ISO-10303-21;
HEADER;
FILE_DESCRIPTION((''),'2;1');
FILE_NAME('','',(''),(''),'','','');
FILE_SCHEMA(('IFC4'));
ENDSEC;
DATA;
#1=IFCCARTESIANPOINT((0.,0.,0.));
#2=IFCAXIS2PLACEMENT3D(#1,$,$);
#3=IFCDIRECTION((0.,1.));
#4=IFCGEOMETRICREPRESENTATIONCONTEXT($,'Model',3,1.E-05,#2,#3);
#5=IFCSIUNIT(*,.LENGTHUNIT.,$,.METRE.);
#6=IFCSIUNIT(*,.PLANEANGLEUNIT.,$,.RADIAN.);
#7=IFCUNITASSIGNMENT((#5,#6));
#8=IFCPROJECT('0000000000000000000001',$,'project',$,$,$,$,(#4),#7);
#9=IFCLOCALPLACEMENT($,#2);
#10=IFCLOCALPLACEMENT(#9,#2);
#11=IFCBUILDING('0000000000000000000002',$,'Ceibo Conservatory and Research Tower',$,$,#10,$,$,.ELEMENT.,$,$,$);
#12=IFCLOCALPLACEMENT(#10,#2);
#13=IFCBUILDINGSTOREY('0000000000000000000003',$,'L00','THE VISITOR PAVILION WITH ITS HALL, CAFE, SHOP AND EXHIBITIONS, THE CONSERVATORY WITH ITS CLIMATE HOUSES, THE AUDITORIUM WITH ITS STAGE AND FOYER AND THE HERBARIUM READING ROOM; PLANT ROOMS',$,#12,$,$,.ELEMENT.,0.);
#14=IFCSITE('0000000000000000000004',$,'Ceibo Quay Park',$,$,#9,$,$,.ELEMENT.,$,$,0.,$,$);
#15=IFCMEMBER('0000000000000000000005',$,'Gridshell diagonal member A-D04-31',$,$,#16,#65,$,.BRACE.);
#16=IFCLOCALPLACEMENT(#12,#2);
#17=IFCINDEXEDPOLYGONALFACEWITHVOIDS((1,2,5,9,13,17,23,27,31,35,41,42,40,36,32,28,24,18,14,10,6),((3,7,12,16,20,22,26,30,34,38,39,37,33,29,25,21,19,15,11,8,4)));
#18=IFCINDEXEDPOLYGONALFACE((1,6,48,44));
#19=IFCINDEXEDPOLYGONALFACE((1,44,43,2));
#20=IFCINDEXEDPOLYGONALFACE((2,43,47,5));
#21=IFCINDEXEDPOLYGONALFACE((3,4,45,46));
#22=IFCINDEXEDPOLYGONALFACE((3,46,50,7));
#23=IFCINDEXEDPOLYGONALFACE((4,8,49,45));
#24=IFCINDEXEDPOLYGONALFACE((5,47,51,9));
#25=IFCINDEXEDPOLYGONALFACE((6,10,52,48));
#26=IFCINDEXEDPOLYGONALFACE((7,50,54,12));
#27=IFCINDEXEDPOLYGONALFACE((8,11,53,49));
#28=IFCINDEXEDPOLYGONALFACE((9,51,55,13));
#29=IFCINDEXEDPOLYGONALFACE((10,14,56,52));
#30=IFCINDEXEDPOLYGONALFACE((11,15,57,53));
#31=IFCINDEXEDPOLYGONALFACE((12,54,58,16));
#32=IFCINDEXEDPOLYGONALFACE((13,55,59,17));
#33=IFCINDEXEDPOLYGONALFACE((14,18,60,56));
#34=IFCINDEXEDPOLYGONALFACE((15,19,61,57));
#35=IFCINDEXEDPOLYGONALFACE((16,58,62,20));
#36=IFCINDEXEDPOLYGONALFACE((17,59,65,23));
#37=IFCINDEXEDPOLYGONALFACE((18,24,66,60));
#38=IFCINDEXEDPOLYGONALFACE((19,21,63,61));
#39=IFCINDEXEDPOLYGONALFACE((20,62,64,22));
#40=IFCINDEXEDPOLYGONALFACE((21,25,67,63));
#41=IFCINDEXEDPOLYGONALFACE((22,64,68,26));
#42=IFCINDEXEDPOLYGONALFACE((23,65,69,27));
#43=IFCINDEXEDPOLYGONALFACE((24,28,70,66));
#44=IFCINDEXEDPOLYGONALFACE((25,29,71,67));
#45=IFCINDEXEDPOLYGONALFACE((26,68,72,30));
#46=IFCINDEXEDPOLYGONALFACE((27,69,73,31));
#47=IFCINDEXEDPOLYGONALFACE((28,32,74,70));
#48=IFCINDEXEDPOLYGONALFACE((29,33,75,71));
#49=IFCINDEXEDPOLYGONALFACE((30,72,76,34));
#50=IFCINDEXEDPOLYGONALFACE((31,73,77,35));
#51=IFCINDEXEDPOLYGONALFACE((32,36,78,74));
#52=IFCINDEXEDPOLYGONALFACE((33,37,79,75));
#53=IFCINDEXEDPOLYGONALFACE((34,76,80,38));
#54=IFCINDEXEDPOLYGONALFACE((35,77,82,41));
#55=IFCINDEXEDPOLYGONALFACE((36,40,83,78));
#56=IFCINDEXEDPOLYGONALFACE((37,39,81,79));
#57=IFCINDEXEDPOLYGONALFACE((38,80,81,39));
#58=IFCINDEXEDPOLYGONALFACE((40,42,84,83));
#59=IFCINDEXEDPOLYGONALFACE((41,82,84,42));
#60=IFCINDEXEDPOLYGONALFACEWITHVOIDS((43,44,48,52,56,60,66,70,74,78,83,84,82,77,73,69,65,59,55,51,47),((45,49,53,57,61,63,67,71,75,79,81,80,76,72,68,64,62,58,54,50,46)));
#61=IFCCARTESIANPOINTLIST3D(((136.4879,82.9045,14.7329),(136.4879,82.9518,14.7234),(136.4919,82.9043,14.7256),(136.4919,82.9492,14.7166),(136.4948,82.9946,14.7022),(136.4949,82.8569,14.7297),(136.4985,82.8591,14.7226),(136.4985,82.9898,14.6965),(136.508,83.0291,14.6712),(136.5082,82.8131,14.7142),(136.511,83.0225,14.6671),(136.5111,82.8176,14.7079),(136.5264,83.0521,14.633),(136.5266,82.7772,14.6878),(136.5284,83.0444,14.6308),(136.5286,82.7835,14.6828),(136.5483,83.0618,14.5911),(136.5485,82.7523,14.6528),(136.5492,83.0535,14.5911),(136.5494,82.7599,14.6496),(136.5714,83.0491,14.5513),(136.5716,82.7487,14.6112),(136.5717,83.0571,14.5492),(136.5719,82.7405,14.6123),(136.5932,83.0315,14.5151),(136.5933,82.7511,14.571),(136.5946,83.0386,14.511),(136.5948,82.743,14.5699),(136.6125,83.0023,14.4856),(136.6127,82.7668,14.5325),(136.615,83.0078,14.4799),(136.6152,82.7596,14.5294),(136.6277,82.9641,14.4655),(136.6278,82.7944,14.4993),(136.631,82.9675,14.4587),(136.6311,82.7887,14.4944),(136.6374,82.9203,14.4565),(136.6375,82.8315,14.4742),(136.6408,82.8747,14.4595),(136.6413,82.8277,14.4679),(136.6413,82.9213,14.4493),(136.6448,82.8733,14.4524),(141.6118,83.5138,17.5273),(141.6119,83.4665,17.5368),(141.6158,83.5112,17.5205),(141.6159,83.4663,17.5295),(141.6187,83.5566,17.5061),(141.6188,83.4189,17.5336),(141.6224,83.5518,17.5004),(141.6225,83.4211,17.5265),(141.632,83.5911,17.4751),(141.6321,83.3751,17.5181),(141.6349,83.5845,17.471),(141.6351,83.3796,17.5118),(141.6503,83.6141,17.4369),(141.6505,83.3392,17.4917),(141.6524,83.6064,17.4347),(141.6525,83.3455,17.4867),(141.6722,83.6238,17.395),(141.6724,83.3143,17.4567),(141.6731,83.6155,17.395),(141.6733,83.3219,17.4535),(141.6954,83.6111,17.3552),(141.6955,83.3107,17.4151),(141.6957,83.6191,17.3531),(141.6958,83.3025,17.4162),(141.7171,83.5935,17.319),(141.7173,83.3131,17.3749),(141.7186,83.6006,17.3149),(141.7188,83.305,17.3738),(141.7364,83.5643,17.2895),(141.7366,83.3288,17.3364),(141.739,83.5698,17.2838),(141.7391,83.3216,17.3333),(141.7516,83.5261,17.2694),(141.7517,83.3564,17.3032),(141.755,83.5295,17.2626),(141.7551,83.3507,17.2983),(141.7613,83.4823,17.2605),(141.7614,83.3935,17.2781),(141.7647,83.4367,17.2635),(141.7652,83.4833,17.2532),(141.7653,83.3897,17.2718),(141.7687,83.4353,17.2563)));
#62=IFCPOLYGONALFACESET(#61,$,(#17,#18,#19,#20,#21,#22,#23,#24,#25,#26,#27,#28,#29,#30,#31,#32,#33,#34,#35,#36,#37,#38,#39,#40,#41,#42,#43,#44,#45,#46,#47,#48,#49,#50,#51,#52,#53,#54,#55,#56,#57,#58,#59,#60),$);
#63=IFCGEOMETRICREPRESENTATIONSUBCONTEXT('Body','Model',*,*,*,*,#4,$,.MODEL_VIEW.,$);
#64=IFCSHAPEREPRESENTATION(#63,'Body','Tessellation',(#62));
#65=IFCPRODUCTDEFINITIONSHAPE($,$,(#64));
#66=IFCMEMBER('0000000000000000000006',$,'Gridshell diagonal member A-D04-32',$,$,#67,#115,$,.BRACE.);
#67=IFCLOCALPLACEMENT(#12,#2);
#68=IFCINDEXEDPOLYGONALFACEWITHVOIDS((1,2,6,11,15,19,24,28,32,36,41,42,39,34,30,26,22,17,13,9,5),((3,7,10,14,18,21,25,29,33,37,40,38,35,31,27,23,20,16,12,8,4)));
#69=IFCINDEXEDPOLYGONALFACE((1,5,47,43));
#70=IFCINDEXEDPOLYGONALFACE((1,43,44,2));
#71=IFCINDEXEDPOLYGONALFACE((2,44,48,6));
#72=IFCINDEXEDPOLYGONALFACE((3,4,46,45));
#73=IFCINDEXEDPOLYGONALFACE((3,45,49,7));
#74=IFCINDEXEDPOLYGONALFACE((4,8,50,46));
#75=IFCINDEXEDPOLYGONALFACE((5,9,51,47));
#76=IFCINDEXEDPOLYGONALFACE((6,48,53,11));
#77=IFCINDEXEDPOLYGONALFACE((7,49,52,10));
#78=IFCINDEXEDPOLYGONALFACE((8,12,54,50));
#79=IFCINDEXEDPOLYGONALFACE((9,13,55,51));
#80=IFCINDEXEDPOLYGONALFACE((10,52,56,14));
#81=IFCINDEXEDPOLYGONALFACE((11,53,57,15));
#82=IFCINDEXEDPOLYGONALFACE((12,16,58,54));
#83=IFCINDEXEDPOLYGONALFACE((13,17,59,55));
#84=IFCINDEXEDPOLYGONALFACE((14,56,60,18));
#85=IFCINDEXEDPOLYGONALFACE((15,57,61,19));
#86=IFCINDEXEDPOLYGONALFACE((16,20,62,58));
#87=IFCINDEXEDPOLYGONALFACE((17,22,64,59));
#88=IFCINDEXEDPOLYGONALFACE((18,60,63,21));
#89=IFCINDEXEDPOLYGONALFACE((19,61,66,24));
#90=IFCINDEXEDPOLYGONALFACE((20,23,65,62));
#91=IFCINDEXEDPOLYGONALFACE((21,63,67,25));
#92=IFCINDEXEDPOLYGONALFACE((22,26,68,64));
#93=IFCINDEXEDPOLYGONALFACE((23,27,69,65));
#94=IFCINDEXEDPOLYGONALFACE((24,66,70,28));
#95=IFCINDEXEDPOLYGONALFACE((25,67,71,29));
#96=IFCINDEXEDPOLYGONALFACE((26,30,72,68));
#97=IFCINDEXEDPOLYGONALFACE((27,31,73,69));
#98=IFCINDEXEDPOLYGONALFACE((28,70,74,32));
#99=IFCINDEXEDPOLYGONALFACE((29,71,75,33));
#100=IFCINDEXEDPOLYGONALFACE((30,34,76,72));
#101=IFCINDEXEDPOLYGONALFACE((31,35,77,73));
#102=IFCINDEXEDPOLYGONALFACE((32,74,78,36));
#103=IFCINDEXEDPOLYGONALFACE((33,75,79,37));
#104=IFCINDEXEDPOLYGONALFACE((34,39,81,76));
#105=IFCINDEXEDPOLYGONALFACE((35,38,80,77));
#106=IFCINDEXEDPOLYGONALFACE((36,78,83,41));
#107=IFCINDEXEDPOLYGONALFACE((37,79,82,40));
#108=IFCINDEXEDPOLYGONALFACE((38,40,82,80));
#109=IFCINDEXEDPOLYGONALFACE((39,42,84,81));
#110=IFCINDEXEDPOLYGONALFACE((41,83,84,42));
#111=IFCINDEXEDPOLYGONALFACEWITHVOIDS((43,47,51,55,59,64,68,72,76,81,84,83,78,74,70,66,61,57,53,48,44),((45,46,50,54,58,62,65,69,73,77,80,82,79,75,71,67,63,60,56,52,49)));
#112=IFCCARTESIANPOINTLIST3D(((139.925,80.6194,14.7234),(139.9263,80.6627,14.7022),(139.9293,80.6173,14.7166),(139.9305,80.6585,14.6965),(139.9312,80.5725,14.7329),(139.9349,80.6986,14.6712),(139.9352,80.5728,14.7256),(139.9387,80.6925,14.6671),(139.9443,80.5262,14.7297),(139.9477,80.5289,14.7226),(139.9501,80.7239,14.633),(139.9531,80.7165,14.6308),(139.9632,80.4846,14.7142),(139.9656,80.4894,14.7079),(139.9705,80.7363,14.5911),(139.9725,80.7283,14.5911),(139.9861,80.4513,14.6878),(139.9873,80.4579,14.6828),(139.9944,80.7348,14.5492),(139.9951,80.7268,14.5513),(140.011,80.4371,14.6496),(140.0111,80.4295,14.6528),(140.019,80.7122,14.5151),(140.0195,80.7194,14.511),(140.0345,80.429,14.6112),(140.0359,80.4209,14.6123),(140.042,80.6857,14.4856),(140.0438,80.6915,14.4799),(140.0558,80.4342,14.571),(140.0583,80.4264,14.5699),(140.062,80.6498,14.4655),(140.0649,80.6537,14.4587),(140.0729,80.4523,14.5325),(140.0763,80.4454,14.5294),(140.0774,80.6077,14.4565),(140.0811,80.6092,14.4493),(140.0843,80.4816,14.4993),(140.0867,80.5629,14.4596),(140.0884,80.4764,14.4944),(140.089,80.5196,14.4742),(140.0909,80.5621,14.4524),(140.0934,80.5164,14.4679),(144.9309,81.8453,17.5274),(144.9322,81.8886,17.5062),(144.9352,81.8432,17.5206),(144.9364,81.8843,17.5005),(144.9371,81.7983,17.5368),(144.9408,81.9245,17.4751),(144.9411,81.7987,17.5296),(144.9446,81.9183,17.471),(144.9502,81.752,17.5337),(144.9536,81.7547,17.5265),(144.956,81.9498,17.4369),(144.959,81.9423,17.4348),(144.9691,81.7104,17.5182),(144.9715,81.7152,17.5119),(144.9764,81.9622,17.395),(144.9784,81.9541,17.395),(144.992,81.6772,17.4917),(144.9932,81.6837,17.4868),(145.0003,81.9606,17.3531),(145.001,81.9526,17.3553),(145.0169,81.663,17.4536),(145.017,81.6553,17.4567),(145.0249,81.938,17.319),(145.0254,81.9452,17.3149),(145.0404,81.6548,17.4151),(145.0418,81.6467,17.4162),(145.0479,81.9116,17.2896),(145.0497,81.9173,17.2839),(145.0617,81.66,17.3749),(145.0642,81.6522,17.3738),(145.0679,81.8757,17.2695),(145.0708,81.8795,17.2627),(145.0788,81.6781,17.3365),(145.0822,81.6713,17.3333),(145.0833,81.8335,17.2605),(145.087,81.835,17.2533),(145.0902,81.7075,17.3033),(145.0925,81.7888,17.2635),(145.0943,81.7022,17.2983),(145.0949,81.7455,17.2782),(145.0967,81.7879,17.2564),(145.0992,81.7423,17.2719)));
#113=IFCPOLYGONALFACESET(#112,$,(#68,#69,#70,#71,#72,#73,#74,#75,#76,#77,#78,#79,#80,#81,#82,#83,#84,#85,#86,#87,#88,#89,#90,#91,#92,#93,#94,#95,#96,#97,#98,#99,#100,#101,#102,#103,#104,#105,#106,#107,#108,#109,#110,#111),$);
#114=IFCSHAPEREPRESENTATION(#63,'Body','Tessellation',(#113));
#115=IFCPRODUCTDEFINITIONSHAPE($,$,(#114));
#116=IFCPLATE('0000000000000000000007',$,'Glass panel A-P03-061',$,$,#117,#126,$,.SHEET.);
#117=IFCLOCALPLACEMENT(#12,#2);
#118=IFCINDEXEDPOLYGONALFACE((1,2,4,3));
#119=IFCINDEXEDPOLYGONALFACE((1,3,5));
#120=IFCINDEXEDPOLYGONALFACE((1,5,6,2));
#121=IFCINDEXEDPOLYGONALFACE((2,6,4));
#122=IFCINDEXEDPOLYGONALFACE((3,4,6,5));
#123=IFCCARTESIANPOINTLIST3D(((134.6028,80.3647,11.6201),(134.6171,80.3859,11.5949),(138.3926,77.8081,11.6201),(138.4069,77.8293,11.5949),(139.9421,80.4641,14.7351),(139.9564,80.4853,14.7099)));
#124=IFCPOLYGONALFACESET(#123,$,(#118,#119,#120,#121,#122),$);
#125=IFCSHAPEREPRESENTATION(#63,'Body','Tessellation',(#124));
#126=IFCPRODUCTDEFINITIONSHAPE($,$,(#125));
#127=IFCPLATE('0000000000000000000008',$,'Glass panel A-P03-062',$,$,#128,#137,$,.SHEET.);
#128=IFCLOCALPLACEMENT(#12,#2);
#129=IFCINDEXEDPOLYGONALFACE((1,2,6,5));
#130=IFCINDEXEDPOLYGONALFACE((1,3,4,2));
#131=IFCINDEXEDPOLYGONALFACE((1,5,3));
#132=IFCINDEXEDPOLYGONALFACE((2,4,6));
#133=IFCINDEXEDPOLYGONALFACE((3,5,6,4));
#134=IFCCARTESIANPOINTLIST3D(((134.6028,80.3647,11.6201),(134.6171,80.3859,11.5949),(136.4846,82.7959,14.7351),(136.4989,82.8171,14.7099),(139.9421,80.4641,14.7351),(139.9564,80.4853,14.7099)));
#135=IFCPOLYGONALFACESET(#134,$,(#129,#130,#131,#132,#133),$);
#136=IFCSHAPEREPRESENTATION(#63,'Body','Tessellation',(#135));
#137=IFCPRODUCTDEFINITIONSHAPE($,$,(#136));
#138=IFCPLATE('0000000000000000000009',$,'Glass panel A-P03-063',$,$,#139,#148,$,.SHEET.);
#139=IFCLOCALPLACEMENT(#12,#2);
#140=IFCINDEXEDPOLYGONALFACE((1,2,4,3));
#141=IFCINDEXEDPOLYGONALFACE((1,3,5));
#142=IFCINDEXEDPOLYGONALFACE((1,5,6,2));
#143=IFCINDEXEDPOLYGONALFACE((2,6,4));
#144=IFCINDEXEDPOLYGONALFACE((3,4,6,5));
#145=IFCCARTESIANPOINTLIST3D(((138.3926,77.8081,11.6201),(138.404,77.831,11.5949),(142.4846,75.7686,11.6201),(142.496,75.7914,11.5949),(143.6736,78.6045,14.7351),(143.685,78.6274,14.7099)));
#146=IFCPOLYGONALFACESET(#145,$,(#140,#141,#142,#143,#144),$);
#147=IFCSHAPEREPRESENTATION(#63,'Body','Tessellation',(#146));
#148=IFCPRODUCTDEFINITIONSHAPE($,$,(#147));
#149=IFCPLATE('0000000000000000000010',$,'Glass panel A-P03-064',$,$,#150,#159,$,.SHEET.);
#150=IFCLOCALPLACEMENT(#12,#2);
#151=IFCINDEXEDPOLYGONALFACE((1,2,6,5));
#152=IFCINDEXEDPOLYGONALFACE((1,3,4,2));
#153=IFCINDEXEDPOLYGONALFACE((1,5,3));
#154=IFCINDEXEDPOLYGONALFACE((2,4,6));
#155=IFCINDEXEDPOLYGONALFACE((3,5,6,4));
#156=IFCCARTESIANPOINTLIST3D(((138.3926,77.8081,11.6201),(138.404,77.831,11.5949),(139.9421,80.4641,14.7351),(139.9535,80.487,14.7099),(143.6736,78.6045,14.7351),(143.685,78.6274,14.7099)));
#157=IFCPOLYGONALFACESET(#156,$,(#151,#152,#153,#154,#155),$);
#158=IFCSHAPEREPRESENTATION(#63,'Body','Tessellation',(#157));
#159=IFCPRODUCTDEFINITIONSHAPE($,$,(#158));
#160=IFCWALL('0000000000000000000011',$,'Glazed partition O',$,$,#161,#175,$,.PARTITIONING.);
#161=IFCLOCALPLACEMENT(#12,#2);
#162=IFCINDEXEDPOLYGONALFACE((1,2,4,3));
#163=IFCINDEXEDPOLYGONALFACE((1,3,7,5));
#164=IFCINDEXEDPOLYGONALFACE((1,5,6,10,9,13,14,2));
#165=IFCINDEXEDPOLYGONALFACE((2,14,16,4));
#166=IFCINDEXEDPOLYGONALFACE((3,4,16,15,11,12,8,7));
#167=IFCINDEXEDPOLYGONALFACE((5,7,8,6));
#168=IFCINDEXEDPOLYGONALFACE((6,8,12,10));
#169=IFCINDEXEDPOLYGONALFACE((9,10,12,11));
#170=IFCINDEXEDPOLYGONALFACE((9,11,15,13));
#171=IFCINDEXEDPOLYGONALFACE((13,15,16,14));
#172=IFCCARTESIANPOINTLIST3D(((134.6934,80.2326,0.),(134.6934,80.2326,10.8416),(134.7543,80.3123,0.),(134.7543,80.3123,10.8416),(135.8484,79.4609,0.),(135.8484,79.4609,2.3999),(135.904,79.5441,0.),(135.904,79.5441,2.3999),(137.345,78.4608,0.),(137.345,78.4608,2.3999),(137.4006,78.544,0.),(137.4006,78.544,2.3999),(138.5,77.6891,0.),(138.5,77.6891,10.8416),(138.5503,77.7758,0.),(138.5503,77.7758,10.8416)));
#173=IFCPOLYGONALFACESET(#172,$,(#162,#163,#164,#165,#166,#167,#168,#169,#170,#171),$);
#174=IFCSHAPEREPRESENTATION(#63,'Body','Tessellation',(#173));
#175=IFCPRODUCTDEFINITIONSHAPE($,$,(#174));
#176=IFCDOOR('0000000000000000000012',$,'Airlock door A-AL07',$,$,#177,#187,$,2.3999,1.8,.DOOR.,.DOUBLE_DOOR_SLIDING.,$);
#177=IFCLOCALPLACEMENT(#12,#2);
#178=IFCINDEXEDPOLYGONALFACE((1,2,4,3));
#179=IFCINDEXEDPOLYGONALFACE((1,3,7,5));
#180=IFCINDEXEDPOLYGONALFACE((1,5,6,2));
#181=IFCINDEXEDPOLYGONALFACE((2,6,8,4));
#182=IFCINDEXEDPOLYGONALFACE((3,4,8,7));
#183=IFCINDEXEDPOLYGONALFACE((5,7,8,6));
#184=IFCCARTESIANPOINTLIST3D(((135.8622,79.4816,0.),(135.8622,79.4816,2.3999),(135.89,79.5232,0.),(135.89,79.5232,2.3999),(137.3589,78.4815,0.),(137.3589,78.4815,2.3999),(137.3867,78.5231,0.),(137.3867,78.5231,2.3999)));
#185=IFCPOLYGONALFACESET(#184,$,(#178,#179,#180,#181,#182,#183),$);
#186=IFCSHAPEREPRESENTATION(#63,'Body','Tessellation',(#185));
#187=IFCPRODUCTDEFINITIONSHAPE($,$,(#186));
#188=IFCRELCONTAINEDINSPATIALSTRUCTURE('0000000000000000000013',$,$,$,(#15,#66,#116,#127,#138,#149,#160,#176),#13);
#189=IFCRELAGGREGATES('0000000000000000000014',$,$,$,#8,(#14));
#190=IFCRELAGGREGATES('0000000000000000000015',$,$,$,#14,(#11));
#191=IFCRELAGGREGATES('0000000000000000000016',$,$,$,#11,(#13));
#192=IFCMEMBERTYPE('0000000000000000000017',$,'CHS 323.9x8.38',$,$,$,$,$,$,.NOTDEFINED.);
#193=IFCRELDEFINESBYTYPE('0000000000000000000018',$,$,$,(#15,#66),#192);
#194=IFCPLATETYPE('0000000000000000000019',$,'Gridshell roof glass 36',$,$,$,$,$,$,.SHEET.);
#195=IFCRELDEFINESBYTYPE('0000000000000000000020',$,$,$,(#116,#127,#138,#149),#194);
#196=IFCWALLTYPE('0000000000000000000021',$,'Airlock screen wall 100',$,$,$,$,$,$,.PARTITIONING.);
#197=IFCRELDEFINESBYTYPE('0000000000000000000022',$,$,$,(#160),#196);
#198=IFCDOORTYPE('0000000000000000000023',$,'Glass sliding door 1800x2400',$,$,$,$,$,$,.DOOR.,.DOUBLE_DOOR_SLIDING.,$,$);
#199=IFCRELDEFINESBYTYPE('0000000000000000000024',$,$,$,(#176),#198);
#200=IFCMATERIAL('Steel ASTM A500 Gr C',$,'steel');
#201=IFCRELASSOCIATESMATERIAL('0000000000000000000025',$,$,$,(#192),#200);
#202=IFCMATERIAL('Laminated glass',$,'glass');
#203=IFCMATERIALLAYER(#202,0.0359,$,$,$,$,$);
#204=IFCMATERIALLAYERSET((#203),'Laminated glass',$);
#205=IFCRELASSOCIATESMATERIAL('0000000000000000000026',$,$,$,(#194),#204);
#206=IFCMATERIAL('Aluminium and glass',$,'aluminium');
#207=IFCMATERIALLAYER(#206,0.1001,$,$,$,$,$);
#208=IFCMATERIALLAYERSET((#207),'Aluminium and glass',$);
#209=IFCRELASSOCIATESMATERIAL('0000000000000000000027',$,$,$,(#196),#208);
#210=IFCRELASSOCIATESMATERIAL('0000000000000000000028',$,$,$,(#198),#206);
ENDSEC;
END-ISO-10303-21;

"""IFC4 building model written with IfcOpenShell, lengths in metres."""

from ifc_helpers import new_model, si_unit, direction, frame, frame_2d, origin, origin_2d, place, context, subcontext, project, spatial, polyline, rectangle, hollow_circle, outline, extrude, material, layer, layer_set, material_profile, profile_set, type_object, element, fill, save


model = new_model("IFC4")

# Units and contexts
model_context = context("Model", 3, precision=1e-05, world=origin(), true_north=direction((0.0, 1.0)))
body_context = subcontext(model_context, "Body", "Model", "MODEL_VIEW")
ifc_project = project(units=[si_unit("LENGTHUNIT", "METRE"), si_unit("PLANEANGLEUNIT", "RADIAN")], contexts=[model_context])

# Site, building, storey
site_placement = place(None, origin())
site = spatial("IfcSite", under=ifc_project, at=site_placement, Name="Ceibo Quay Park", CompositionType="ELEMENT", RefElevation=0.0)
building_placement = place(site_placement, origin())
building = spatial("IfcBuilding", under=site, at=building_placement, Name="Ceibo Conservatory and Research Tower", CompositionType="ELEMENT")
storey_placement = place(building_placement, origin())
storey = spatial("IfcBuildingStorey", under=building, at=storey_placement, Name="L00", Description="THE VISITOR PAVILION WITH ITS HALL, CAFE, SHOP AND EXHIBITIONS, THE CONSERVATORY WITH ITS CLIMATE HOUSES, THE AUDITORIUM WITH ITS STAGE AND FOYER AND THE HERBARIUM READING ROOM; PLANT ROOMS", CompositionType="ELEMENT", Elevation=0.0)

# Members
ifc_material_1 = material(Name="Steel ASTM A500 Gr C", Category="steel")
ifc_material_profile_1 = material_profile(ifc_material_1, hollow_circle(Radius=0.1619, WallThickness=0.0083, at=origin_2d()), Name="CHS 323.9x8.38")
ifc_profile_set_1 = profile_set([ifc_material_profile_1], Name="Steel ASTM A500 Gr C")
member_type_1 = type_object("IfcMemberType", Name="CHS 323.9x8.38", PredefinedType="NOTDEFINED", material=ifc_profile_set_1)
member_1_placement = place(storey_placement, frame((136.5659, 82.9009, 14.5911), z_axis=(0.873212, 0.095775, 0.477837), x_axis=(-0.109028, 0.994039, 0.0)))
element("IfcMember", 1, at=member_1_placement, inside=storey, type_object=member_type_1, Name="Gridshell diagonal member A-D04-31", PredefinedType="BRACE", context=body_context, shape_type="SweptSolid", body=[
    extrude(hollow_circle(Radius=0.1619, WallThickness=0.0083, at=origin_2d()), origin(), (0.0, 0.0, 1.0), 5.8679),
])
member_2_placement = place(storey_placement, frame((140.009, 80.5791, 14.5911), z_axis=(0.853201, 0.208931, 0.477907), x_axis=(-0.237851, 0.971302, 0.0)))
element("IfcMember", 2, at=member_2_placement, inside=storey, type_object=member_type_1, Name="Gridshell diagonal member A-D04-32", PredefinedType="BRACE", context=body_context, shape_type="SweptSolid", body=[
    extrude(hollow_circle(Radius=0.1619, WallThickness=0.0083, at=origin_2d()), origin(), (0.0, 0.0, 1.0), 5.8672),
])

# Plates
ifc_material_2 = material(Name="Laminated glass", Category="glass")
ifc_layer_1 = layer(ifc_material_2, 0.0359)
ifc_layer_set_1 = layer_set([ifc_layer_1], Name="Laminated glass")
plate_type = type_object("IfcPlateType", Name="Gridshell roof glass 36", PredefinedType="SHEET", material=ifc_layer_set_1)
plate_1_placement = place(storey_placement, frame((134.6028, 80.3647, 11.6201), z_axis=(-0.398418, -0.590588, 0.701761), x_axis=(0.828998, -0.559252, 0.0)))
element("IfcPlate", 3, at=plate_1_placement, inside=storey, type_object=plate_type, Name="Glass panel A-P03-061", PredefinedType="SHEET", context=body_context, shape_type="SweptSolid", body=[
    extrude(outline(polyline([(0.0, 0.0), (4.5715, 0.0), (4.3707, 4.3725), (0.0, 0.0)])), origin(), (0.0, 0.0, -1.0), 0.0359),
])
plate_2_placement = place(storey_placement, frame((134.6028, 80.3647, 11.6201), z_axis=(-0.398375, -0.590701, 0.701691), x_axis=(0.863642, 0.016072, 0.50385)))
element("IfcPlate", 4, at=plate_2_placement, inside=storey, type_object=plate_type, Name="Glass panel A-P03-062", PredefinedType="SHEET", context=body_context, shape_type="SweptSolid", body=[
    extrude(outline(polyline([(0.0, 0.0), (6.1824, 0.0), (3.2338, 2.9492), (0.0, 0.0)])), origin(), (0.0, 0.0, -1.0), 0.0359),
])
plate_3_placement = place(storey_placement, frame((138.3926, 77.8081, 11.6201), z_axis=(-0.317789, -0.637594, 0.701773), x_axis=(0.894992, -0.446081, 0.0)))
element("IfcPlate", 5, at=plate_3_placement, inside=storey, type_object=plate_type, Name="Glass panel A-P03-063", PredefinedType="SHEET", context=body_context, shape_type="SweptSolid", body=[
    extrude(outline(polyline([(0.0, 0.0), (4.5722, 0.0), (4.3712, 4.3725), (0.0, 0.0)])), origin(), (0.0, 0.0, -1.0), 0.0359),
])
plate_4_placement = place(storey_placement, frame((138.3926, 77.8081, 11.6201), z_axis=(-0.317771, -0.637627, 0.70175), x_axis=(0.854151, 0.128808, 0.503819)))
element("IfcPlate", 6, at=plate_4_placement, inside=storey, type_object=plate_type, Name="Glass panel A-P03-064", PredefinedType="SHEET", context=body_context, shape_type="SweptSolid", body=[
    extrude(outline(polyline([(0.0, 0.0), (6.1828, 0.0), (3.2351, 2.9484), (0.0, 0.0)])), origin(), (0.0, 0.0, -1.0), 0.0359),
])

# Wall, opening, door
ifc_material_3 = material(Name="Aluminium and glass", Category="aluminium")
ifc_layer_2 = layer(ifc_material_3, 0.1001)
ifc_layer_set_2 = layer_set([ifc_layer_2], Name="Aluminium and glass")
wall_type_1 = type_object("IfcWallType", Name="Airlock screen wall 100", PredefinedType="PARTITIONING", material=ifc_layer_set_2)
wall_1_placement = place(storey_placement, frame((134.7239, 80.2725, 0.0), z_axis=(0.0, 0.0, 1.0), x_axis=(0.831458, -0.555587, 0.0)))
wall_1 = element("IfcWall", 7, at=wall_1_placement, inside=storey, type_object=wall_type_1, Name="Glazed partition O", PredefinedType="PARTITIONING", context=body_context, shape_type="SweptSolid", body=[
    extrude(outline(polyline([(-0.0032, -0.05), (4.575, -0.05), (4.5686, 0.05), (0.0032, 0.05), (-0.0032, -0.05)])), origin(), (0.0, 0.0, 1.0), 10.8416),
])
opening_1_placement = place(wall_1_placement, frame((1.386, 0.0, 0.0)))
opening_1 = element("IfcOpeningElement", 8, at=opening_1_placement, cuts=wall_1, PredefinedType="OPENING", context=body_context, shape_type="SweptSolid", body=[
    extrude(rectangle(XDim=1.8, YDim=2.3999, at=frame_2d((0.8999, 1.2))), frame((0.0, 0.0601, 0.0), z_axis=(0.0, -1.0, 0.0), x_axis=(1.0, 0.0, 0.0)), (0.0, 0.0, 1.0), 0.1201),
])
door_type = type_object("IfcDoorType", Name="Glass sliding door 1800x2400", OperationType="DOUBLE_DOOR_SLIDING", PredefinedType="DOOR", material=ifc_material_3)
door_1_placement = place(opening_1_placement, origin())
door_1 = element("IfcDoor", 9, at=door_1_placement, inside=storey, type_object=door_type, Name="Airlock door A-AL07", OperationType="DOUBLE_DOOR_SLIDING", OverallHeight=2.3999, OverallWidth=1.8, PredefinedType="DOOR", context=body_context, shape_type="SweptSolid", body=[
    extrude(rectangle(XDim=1.8, YDim=2.3999, at=frame_2d((0.8999, 1.2))), frame((0.0, 0.0249, 0.0), z_axis=(0.0, -1.0, 0.0), x_axis=(1.0, 0.0, 0.0)), (0.0, 0.0, 1.0), 0.05),
])
fill(opening_1, door_1)

save(model, "model.ifc")
